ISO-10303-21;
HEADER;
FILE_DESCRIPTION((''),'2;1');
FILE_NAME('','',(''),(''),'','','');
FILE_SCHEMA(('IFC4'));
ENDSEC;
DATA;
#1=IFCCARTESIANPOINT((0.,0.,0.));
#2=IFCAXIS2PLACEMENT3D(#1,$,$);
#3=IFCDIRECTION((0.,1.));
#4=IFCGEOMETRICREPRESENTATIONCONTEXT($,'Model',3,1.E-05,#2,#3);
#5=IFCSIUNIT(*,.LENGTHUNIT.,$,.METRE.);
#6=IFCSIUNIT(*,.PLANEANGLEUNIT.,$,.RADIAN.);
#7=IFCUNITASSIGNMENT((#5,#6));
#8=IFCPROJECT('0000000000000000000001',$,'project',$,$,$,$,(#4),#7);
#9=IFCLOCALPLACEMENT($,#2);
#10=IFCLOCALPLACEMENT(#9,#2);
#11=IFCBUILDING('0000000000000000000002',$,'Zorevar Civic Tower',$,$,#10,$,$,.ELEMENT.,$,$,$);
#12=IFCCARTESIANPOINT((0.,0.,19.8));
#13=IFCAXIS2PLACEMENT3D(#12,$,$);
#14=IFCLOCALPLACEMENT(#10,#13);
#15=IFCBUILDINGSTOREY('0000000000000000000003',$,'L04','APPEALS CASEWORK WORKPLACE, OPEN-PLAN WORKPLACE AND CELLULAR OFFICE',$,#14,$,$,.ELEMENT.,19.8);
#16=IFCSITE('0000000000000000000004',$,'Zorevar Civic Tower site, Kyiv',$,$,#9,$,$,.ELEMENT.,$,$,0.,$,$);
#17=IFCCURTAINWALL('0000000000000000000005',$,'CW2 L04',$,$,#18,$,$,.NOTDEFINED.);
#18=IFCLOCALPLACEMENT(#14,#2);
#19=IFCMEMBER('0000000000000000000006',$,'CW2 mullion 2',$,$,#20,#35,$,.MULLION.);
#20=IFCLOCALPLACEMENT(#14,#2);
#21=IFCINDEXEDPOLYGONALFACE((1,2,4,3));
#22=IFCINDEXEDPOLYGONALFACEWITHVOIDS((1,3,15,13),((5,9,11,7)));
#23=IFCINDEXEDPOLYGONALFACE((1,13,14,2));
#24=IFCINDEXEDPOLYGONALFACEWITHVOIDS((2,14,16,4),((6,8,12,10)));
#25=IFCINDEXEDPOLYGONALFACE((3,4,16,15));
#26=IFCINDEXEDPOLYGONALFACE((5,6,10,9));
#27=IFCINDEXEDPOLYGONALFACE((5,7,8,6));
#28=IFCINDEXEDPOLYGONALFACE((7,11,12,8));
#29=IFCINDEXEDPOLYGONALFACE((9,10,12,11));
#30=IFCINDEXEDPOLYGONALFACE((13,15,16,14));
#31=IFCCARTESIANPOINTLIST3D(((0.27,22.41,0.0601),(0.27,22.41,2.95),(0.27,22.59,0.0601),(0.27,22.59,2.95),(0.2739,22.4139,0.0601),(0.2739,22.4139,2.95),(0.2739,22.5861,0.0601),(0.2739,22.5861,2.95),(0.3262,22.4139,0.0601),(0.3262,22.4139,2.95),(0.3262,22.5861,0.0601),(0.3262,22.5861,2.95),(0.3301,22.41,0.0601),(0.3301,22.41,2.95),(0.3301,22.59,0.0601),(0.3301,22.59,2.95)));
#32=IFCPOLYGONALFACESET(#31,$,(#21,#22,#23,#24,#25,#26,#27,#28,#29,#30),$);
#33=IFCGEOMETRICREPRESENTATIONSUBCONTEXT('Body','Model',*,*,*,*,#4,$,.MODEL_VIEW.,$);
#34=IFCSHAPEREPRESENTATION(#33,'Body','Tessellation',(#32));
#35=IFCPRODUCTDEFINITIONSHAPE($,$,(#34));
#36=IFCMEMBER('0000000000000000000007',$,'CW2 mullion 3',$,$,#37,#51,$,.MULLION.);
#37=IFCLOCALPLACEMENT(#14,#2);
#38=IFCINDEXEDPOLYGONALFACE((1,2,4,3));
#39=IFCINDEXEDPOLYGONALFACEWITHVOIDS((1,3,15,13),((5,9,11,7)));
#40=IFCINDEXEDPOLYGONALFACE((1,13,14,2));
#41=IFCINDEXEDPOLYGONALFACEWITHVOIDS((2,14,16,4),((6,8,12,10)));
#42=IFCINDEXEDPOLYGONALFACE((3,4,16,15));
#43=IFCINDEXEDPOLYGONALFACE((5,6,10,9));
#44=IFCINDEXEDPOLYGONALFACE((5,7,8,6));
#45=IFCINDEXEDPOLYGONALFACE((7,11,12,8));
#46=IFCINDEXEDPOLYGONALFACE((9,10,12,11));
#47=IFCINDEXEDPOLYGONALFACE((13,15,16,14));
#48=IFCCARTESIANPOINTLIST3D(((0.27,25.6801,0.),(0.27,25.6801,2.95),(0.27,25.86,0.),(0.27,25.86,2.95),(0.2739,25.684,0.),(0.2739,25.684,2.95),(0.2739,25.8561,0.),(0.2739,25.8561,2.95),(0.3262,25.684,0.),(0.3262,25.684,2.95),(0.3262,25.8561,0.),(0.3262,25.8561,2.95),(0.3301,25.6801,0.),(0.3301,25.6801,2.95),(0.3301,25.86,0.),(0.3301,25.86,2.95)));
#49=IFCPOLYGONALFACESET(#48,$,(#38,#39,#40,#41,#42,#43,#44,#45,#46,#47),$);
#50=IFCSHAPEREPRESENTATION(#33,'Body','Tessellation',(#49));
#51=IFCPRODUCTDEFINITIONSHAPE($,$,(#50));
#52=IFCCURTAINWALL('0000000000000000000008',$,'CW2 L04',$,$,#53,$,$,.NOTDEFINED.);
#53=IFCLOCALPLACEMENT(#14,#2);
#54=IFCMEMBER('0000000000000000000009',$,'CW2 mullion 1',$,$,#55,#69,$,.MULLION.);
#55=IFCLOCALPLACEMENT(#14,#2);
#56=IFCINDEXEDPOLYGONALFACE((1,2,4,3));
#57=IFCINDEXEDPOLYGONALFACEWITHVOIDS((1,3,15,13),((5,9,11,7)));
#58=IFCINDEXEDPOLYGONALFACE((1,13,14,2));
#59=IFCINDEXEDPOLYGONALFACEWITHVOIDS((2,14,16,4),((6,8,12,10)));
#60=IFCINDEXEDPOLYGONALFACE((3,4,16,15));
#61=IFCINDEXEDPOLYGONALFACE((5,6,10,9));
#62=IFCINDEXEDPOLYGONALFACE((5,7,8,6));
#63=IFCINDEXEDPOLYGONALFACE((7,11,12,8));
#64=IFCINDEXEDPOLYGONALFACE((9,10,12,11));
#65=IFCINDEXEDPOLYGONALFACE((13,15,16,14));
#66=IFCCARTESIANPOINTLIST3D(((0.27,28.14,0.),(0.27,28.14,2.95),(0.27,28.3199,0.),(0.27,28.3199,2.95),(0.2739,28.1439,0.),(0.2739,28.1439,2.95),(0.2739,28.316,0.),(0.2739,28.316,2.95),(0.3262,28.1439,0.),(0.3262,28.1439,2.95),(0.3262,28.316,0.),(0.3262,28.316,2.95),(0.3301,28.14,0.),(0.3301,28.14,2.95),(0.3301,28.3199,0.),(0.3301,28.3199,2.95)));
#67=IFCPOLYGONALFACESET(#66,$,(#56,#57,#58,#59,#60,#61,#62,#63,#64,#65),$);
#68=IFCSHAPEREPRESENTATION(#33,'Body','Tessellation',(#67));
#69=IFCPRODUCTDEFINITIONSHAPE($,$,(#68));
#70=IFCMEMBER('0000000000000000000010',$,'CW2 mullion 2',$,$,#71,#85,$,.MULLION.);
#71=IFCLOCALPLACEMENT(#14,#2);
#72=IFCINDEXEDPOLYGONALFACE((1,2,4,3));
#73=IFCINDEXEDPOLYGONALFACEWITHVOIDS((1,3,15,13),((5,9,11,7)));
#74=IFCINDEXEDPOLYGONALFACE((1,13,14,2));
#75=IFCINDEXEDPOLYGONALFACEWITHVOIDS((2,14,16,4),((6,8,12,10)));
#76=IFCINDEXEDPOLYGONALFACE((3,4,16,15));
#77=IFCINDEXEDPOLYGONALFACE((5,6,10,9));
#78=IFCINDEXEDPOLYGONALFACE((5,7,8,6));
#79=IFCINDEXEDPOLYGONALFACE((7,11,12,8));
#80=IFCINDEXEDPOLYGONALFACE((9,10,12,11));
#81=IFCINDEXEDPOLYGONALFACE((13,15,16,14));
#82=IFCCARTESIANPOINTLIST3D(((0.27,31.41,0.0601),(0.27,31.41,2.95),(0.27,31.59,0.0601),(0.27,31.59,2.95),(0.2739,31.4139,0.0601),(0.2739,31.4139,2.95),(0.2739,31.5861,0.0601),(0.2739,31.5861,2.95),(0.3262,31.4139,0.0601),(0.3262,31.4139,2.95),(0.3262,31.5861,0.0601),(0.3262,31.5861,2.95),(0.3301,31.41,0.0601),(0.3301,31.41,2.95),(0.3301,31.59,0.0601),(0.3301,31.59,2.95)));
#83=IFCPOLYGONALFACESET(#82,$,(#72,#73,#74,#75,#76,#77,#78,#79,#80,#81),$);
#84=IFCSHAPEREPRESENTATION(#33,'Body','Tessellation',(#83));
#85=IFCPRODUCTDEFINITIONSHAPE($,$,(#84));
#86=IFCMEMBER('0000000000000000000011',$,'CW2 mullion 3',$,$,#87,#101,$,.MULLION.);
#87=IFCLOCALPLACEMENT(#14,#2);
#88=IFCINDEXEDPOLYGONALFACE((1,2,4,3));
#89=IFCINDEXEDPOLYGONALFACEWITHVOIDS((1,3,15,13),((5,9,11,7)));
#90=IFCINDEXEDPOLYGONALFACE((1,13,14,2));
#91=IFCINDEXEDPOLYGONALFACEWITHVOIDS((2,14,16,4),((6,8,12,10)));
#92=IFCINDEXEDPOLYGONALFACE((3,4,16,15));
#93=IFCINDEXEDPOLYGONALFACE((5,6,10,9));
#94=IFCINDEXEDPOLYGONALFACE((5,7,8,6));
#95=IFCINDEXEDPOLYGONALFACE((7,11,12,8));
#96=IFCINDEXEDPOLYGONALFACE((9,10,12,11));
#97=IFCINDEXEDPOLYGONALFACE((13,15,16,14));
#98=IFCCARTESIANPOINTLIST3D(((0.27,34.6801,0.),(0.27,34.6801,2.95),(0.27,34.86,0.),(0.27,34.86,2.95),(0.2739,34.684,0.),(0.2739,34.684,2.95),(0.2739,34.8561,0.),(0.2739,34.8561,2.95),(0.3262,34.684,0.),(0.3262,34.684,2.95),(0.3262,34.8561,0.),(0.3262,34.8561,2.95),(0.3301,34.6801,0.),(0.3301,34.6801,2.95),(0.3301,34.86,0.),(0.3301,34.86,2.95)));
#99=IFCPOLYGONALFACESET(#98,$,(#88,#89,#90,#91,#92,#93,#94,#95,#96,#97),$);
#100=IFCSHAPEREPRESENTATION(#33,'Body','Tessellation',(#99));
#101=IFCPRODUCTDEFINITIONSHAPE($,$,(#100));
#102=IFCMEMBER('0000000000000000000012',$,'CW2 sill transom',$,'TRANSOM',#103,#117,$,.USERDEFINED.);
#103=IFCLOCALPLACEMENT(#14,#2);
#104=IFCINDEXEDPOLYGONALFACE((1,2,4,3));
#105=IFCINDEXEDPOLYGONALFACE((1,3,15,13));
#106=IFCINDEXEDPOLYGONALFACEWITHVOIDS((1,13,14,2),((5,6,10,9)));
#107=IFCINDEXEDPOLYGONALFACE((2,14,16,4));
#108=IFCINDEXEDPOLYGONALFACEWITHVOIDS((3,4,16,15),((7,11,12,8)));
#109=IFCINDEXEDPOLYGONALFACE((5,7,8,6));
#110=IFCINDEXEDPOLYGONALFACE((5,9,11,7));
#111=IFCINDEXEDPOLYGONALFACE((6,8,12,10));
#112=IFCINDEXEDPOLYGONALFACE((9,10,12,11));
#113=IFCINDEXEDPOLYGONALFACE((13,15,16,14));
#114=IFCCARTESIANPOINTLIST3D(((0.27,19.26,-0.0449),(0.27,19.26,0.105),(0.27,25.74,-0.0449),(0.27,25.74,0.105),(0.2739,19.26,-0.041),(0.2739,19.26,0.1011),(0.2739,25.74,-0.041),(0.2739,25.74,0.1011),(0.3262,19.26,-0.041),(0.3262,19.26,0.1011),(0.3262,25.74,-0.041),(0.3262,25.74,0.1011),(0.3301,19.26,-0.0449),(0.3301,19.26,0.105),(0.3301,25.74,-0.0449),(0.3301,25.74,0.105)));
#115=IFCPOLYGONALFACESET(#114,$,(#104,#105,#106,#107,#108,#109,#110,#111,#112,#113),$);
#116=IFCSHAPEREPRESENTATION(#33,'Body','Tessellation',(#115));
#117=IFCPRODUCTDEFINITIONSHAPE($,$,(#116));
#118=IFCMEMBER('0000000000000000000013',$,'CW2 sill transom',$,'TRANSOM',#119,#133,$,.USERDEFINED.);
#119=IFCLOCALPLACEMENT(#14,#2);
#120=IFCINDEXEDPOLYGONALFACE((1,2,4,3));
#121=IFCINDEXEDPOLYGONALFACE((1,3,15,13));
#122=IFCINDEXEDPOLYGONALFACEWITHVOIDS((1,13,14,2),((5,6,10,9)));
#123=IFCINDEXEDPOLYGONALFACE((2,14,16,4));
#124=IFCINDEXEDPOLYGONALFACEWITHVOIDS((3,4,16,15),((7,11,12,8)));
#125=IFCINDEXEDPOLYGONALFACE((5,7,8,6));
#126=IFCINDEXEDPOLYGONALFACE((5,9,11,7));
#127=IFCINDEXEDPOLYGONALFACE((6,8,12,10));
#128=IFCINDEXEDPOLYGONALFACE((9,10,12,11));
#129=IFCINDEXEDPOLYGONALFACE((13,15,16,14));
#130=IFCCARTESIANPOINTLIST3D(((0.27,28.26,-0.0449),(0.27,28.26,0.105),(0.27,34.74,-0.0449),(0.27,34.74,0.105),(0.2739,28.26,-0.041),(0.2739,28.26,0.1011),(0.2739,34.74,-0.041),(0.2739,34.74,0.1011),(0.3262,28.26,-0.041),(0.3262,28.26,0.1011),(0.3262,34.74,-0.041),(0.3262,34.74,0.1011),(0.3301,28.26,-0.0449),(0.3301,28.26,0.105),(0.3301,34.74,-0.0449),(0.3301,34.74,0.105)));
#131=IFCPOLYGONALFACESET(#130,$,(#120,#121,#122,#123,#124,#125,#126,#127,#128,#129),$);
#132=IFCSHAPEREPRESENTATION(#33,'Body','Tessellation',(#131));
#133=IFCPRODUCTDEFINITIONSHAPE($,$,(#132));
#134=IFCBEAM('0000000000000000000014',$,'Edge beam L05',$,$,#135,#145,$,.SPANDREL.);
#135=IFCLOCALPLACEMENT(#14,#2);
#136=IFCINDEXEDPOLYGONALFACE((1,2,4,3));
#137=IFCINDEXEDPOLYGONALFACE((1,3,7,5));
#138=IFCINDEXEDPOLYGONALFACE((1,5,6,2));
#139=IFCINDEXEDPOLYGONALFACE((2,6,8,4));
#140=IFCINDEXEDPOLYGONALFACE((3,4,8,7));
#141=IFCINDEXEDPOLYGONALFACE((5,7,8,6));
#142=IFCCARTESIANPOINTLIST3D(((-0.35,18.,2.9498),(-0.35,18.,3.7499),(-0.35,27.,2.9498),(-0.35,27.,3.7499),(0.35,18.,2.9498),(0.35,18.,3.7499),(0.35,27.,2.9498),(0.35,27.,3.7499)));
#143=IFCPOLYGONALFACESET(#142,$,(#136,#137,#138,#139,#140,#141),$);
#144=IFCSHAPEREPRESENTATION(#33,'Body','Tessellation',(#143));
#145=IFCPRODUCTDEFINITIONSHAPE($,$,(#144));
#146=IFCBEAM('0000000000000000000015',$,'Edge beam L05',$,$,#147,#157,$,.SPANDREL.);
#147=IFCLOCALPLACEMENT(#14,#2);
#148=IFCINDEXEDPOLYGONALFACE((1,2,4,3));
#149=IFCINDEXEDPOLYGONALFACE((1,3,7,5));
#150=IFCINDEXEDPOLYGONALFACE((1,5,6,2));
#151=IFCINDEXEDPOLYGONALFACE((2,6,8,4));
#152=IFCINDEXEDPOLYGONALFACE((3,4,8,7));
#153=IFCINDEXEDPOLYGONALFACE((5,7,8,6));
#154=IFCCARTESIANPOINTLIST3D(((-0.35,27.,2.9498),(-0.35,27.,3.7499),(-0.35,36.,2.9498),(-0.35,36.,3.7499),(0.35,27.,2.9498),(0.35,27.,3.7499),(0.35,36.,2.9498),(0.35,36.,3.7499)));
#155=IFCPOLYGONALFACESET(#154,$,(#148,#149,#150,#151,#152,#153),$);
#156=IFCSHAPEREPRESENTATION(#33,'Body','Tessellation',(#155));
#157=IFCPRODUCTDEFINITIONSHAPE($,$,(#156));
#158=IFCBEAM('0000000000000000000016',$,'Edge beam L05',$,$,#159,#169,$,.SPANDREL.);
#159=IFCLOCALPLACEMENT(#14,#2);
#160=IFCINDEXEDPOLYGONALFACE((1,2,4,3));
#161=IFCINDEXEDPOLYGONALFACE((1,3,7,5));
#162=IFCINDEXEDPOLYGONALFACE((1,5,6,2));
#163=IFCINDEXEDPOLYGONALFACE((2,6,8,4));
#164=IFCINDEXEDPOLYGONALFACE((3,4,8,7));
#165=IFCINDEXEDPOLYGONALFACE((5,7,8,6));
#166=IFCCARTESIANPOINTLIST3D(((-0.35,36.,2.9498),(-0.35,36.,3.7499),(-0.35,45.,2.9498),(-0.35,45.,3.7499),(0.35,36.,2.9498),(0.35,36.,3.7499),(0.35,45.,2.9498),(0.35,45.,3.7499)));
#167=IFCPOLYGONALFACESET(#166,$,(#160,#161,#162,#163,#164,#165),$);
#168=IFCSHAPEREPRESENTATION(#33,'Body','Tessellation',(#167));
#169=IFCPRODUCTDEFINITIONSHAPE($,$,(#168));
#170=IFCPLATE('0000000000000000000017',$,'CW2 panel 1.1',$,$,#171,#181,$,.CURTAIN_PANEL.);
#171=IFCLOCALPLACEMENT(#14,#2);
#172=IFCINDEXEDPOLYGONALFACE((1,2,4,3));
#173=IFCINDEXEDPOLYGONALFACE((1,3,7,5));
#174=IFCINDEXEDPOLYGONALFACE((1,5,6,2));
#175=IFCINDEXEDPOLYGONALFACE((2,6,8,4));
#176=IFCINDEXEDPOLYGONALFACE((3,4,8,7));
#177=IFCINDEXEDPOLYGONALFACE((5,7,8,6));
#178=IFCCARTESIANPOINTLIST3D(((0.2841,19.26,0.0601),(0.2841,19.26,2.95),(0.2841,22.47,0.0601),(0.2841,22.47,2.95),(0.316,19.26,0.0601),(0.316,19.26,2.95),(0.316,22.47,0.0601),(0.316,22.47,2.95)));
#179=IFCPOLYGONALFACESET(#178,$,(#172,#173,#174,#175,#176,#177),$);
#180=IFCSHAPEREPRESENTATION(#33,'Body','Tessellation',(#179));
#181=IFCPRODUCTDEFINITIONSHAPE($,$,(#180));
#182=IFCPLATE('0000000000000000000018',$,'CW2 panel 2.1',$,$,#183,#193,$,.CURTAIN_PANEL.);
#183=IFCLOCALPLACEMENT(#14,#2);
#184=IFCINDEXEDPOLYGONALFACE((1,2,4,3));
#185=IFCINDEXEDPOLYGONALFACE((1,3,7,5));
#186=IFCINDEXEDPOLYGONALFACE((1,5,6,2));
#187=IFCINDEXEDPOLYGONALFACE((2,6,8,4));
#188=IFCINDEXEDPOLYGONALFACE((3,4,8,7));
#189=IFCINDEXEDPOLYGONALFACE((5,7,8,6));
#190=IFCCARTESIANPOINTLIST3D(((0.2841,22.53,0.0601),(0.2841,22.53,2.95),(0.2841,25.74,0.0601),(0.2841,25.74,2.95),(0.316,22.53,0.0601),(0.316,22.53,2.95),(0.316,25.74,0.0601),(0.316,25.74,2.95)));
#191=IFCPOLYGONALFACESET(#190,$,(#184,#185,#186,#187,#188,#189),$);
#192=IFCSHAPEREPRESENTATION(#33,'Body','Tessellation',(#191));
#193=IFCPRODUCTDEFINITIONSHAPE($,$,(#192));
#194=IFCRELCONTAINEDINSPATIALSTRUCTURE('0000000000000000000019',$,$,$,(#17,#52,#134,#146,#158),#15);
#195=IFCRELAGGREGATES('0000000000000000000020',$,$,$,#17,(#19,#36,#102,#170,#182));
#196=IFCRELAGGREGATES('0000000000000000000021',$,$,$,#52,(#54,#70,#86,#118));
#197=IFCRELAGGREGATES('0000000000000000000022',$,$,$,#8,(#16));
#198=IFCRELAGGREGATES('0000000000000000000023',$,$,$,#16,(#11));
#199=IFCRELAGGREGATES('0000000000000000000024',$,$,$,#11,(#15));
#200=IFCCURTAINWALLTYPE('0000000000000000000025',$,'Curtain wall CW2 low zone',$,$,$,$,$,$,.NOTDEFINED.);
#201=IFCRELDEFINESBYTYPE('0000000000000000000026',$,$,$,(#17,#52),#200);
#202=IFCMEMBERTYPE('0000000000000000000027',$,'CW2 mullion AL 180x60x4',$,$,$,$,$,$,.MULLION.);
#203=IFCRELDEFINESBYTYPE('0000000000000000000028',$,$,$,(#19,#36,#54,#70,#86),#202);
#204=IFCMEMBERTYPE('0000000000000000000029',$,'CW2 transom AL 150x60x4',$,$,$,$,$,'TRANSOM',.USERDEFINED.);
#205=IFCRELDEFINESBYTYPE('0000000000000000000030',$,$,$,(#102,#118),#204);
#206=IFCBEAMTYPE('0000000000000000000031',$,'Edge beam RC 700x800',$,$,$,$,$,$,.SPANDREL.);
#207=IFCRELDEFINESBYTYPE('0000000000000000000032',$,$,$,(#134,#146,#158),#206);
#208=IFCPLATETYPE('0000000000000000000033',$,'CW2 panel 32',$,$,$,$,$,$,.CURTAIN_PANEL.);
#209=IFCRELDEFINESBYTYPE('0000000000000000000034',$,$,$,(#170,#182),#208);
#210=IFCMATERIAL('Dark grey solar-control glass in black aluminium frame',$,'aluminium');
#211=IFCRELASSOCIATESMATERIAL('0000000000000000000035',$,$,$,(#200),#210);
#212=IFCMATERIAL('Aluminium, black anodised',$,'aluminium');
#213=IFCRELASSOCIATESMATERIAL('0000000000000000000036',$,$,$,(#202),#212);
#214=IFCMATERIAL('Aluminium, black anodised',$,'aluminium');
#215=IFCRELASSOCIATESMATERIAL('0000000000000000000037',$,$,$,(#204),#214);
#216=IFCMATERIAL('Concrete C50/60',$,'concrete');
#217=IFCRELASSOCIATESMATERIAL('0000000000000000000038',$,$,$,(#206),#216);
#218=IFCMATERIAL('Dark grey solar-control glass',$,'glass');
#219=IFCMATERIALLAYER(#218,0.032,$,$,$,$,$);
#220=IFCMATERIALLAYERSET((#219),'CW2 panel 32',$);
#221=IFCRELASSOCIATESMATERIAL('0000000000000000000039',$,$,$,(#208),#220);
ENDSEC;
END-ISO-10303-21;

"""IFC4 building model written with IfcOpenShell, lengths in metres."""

from ifc_helpers import new_model, si_unit, direction, frame, origin, origin_2d, place, context, subcontext, project, spatial, rectangle, hollow_rectangle, extrude, material, layer, layer_set, material_profile, profile_set, type_object, element, aggregate, save


model = new_model("IFC4")

# Units and contexts
model_context = context("Model", 3, precision=1e-05, world=origin(), true_north=direction((0.0, 1.0)))
body_context = subcontext(model_context, "Body", "Model", "MODEL_VIEW")
ifc_project = project(units=[si_unit("LENGTHUNIT", "METRE"), si_unit("PLANEANGLEUNIT", "RADIAN")], contexts=[model_context])

# Site, building, storey
site_placement = place(None, origin())
site = spatial("IfcSite", under=ifc_project, at=site_placement, Name="Zorevar Civic Tower site, Kyiv", CompositionType="ELEMENT", RefElevation=0.0)
building_placement = place(site_placement, origin())
building = spatial("IfcBuilding", under=site, at=building_placement, Name="Zorevar Civic Tower", CompositionType="ELEMENT")
storey_placement = place(building_placement, frame((0.0, 0.0, 19.8)))
storey = spatial("IfcBuildingStorey", under=building, at=storey_placement, Name="L04", Description="APPEALS CASEWORK WORKPLACE, OPEN-PLAN WORKPLACE AND CELLULAR OFFICE", CompositionType="ELEMENT", Elevation=19.8)

# Shared definitions
ifc_material_1 = material(Name="Dark grey solar-control glass in black aluminium frame", Category="aluminium")
curtain_wall_type = type_object("IfcCurtainWallType", Name="Curtain wall CW2 low zone", PredefinedType="NOTDEFINED", material=ifc_material_1)
ifc_material_2 = material(Name="Aluminium, black anodised", Category="aluminium")
ifc_material_profile_1 = material_profile(ifc_material_2, hollow_rectangle(XDim=0.0601, YDim=0.1799, WallThickness=0.0039, at=origin_2d()), Name="AL 180x60x4")
ifc_profile_set_1 = profile_set([ifc_material_profile_1], Name="Aluminium, black anodised")
member_type_1 = type_object("IfcMemberType", Name="CW2 mullion AL 180x60x4", PredefinedType="MULLION", material=ifc_profile_set_1)

# Curtain walls, members
curtain_wall_1_placement = place(storey_placement, origin())
curtain_wall_1 = element("IfcCurtainWall", 1, at=curtain_wall_1_placement, inside=storey, type_object=curtain_wall_type, Name="CW2 L04", PredefinedType="NOTDEFINED")
member_1_placement = place(storey_placement, frame((0.3, 22.5, 0.0601), z_axis=(0.0, 0.0, 1.0), x_axis=(-1.0, 0.0, 0.0)))
member_1 = element("IfcMember", 2, at=member_1_placement, type_object=member_type_1, Name="CW2 mullion 2", PredefinedType="MULLION", context=body_context, shape_type="SweptSolid", body=[
    extrude(hollow_rectangle(XDim=0.0601, YDim=0.1799, WallThickness=0.0039, at=origin_2d()), origin(), (0.0, 0.0, 1.0), 2.8899),
])
member_2_placement = place(storey_placement, frame((0.3, 25.77, 0.0), z_axis=(0.0, 0.0, 1.0), x_axis=(-1.0, 0.0, 0.0)))
member_2 = element("IfcMember", 3, at=member_2_placement, type_object=member_type_1, Name="CW2 mullion 3", PredefinedType="MULLION", context=body_context, shape_type="SweptSolid", body=[
    extrude(hollow_rectangle(XDim=0.0601, YDim=0.1799, WallThickness=0.0039, at=origin_2d()), origin(), (0.0, 0.0, 1.0), 2.95),
])
curtain_wall_2_placement = place(storey_placement, origin())
curtain_wall_2 = element("IfcCurtainWall", 4, at=curtain_wall_2_placement, inside=storey, type_object=curtain_wall_type, Name="CW2 L04", PredefinedType="NOTDEFINED")
member_3_placement = place(storey_placement, frame((0.3, 28.23, 0.0), z_axis=(0.0, 0.0, 1.0), x_axis=(-1.0, 0.0, 0.0)))
member_3 = element("IfcMember", 5, at=member_3_placement, type_object=member_type_1, Name="CW2 mullion 1", PredefinedType="MULLION", context=body_context, shape_type="SweptSolid", body=[
    extrude(hollow_rectangle(XDim=0.0601, YDim=0.1799, WallThickness=0.0039, at=origin_2d()), origin(), (0.0, 0.0, 1.0), 2.95),
])
member_4_placement = place(storey_placement, frame((0.3, 31.5, 0.0601), z_axis=(0.0, 0.0, 1.0), x_axis=(-1.0, 0.0, 0.0)))
member_4 = element("IfcMember", 6, at=member_4_placement, type_object=member_type_1, Name="CW2 mullion 2", PredefinedType="MULLION", context=body_context, shape_type="SweptSolid", body=[
    extrude(hollow_rectangle(XDim=0.0601, YDim=0.1799, WallThickness=0.0039, at=origin_2d()), origin(), (0.0, 0.0, 1.0), 2.8899),
])
member_5_placement = place(storey_placement, frame((0.3, 34.77, 0.0), z_axis=(0.0, 0.0, 1.0), x_axis=(-1.0, 0.0, 0.0)))
member_5 = element("IfcMember", 7, at=member_5_placement, type_object=member_type_1, Name="CW2 mullion 3", PredefinedType="MULLION", context=body_context, shape_type="SweptSolid", body=[
    extrude(hollow_rectangle(XDim=0.0601, YDim=0.1799, WallThickness=0.0039, at=origin_2d()), origin(), (0.0, 0.0, 1.0), 2.95),
])

# Members
ifc_material_3 = material(Name="Aluminium, black anodised", Category="aluminium")
ifc_material_profile_2 = material_profile(ifc_material_3, hollow_rectangle(XDim=0.0601, YDim=0.1499, WallThickness=0.0039, at=origin_2d()), Name="AL 150x60x4")
ifc_profile_set_2 = profile_set([ifc_material_profile_2], Name="Aluminium, black anodised")
member_type_2 = type_object("IfcMemberType", Name="CW2 transom AL 150x60x4", ElementType="TRANSOM", PredefinedType="USERDEFINED", material=ifc_profile_set_2)
member_6_placement = place(storey_placement, frame((0.3, 19.26, 0.03), z_axis=(0.0, 1.0, 0.0), x_axis=(-1.0, 0.0, 0.0)))
member_6 = element("IfcMember", 8, at=member_6_placement, type_object=member_type_2, Name="CW2 sill transom", ObjectType="TRANSOM", PredefinedType="USERDEFINED", context=body_context, shape_type="SweptSolid", body=[
    extrude(hollow_rectangle(XDim=0.0601, YDim=0.1499, WallThickness=0.0039, at=origin_2d()), origin(), (0.0, 0.0, 1.0), 6.48),
])
member_7_placement = place(storey_placement, frame((0.3, 28.26, 0.03), z_axis=(0.0, 1.0, 0.0), x_axis=(-1.0, 0.0, 0.0)))
member_7 = element("IfcMember", 9, at=member_7_placement, type_object=member_type_2, Name="CW2 sill transom", ObjectType="TRANSOM", PredefinedType="USERDEFINED", context=body_context, shape_type="SweptSolid", body=[
    extrude(hollow_rectangle(XDim=0.0601, YDim=0.1499, WallThickness=0.0039, at=origin_2d()), origin(), (0.0, 0.0, 1.0), 6.48),
])

# Beams
ifc_material_4 = material(Name="Concrete C50/60", Category="concrete")
ifc_material_profile_3 = material_profile(ifc_material_4, rectangle(XDim=0.7, YDim=0.8, at=origin_2d()), Name="RC 700x800")
ifc_profile_set_3 = profile_set([ifc_material_profile_3], Name="Concrete C50/60")
beam_type_1 = type_object("IfcBeamType", Name="Edge beam RC 700x800", PredefinedType="SPANDREL", material=ifc_profile_set_3)
for number, where, z_axis, x_axis, name in (
    (10, (0.0, 18.0, 3.3499), (0.0, 1.0, 0.0), (-1.0, 0.0, 0.0), "Edge beam L05"),
    (11, (0.0, 27.0, 3.3499), (0.0, 1.0, 0.0), (-1.0, 0.0, 0.0), "Edge beam L05"),
    (12, (0.0, 36.0, 3.3499), (0.0, 1.0, 0.0), (-1.0, 0.0, 0.0), "Edge beam L05"),
):
    element("IfcBeam", number, at=place(storey_placement, frame(where, z_axis=z_axis, x_axis=x_axis)), inside=storey, type_object=beam_type_1, Name=name, PredefinedType="SPANDREL", context=body_context, shape_type="SweptSolid", body=[
        extrude(rectangle(XDim=0.7, YDim=0.8, at=origin_2d()), origin(), (0.0, 0.0, 1.0), 9.0),
    ])

# Plates
ifc_material_5 = material(Name="Dark grey solar-control glass", Category="glass")
ifc_layer_1 = layer(ifc_material_5, 0.032)
ifc_layer_set_1 = layer_set([ifc_layer_1], Name="CW2 panel 32")
plate_type = type_object("IfcPlateType", Name="CW2 panel 32", PredefinedType="CURTAIN_PANEL", material=ifc_layer_set_1)
plate_1_placement = place(storey_placement, frame((0.3, 20.865, 0.0601), z_axis=(0.0, 0.0, 1.0), x_axis=(0.0, 1.0, 0.0)))
plate_1 = element("IfcPlate", 13, at=plate_1_placement, type_object=plate_type, Name="CW2 panel 1.1", PredefinedType="CURTAIN_PANEL", context=body_context, shape_type="SweptSolid", body=[
    extrude(rectangle(XDim=3.21, YDim=0.032, at=origin_2d()), origin(), (0.0, 0.0, 1.0), 2.8899),
])
plate_2_placement = place(storey_placement, frame((0.3, 24.135, 0.0601), z_axis=(0.0, 0.0, 1.0), x_axis=(0.0, 1.0, 0.0)))
plate_2 = element("IfcPlate", 14, at=plate_2_placement, type_object=plate_type, Name="CW2 panel 2.1", PredefinedType="CURTAIN_PANEL", context=body_context, shape_type="SweptSolid", body=[
    extrude(rectangle(XDim=3.21, YDim=0.032, at=origin_2d()), origin(), (0.0, 0.0, 1.0), 2.8899),
])
aggregate(curtain_wall_1, [member_1, member_2, member_6, plate_1, plate_2])
aggregate(curtain_wall_2, [member_3, member_4, member_5, member_7])

save(model, "model.ifc")
